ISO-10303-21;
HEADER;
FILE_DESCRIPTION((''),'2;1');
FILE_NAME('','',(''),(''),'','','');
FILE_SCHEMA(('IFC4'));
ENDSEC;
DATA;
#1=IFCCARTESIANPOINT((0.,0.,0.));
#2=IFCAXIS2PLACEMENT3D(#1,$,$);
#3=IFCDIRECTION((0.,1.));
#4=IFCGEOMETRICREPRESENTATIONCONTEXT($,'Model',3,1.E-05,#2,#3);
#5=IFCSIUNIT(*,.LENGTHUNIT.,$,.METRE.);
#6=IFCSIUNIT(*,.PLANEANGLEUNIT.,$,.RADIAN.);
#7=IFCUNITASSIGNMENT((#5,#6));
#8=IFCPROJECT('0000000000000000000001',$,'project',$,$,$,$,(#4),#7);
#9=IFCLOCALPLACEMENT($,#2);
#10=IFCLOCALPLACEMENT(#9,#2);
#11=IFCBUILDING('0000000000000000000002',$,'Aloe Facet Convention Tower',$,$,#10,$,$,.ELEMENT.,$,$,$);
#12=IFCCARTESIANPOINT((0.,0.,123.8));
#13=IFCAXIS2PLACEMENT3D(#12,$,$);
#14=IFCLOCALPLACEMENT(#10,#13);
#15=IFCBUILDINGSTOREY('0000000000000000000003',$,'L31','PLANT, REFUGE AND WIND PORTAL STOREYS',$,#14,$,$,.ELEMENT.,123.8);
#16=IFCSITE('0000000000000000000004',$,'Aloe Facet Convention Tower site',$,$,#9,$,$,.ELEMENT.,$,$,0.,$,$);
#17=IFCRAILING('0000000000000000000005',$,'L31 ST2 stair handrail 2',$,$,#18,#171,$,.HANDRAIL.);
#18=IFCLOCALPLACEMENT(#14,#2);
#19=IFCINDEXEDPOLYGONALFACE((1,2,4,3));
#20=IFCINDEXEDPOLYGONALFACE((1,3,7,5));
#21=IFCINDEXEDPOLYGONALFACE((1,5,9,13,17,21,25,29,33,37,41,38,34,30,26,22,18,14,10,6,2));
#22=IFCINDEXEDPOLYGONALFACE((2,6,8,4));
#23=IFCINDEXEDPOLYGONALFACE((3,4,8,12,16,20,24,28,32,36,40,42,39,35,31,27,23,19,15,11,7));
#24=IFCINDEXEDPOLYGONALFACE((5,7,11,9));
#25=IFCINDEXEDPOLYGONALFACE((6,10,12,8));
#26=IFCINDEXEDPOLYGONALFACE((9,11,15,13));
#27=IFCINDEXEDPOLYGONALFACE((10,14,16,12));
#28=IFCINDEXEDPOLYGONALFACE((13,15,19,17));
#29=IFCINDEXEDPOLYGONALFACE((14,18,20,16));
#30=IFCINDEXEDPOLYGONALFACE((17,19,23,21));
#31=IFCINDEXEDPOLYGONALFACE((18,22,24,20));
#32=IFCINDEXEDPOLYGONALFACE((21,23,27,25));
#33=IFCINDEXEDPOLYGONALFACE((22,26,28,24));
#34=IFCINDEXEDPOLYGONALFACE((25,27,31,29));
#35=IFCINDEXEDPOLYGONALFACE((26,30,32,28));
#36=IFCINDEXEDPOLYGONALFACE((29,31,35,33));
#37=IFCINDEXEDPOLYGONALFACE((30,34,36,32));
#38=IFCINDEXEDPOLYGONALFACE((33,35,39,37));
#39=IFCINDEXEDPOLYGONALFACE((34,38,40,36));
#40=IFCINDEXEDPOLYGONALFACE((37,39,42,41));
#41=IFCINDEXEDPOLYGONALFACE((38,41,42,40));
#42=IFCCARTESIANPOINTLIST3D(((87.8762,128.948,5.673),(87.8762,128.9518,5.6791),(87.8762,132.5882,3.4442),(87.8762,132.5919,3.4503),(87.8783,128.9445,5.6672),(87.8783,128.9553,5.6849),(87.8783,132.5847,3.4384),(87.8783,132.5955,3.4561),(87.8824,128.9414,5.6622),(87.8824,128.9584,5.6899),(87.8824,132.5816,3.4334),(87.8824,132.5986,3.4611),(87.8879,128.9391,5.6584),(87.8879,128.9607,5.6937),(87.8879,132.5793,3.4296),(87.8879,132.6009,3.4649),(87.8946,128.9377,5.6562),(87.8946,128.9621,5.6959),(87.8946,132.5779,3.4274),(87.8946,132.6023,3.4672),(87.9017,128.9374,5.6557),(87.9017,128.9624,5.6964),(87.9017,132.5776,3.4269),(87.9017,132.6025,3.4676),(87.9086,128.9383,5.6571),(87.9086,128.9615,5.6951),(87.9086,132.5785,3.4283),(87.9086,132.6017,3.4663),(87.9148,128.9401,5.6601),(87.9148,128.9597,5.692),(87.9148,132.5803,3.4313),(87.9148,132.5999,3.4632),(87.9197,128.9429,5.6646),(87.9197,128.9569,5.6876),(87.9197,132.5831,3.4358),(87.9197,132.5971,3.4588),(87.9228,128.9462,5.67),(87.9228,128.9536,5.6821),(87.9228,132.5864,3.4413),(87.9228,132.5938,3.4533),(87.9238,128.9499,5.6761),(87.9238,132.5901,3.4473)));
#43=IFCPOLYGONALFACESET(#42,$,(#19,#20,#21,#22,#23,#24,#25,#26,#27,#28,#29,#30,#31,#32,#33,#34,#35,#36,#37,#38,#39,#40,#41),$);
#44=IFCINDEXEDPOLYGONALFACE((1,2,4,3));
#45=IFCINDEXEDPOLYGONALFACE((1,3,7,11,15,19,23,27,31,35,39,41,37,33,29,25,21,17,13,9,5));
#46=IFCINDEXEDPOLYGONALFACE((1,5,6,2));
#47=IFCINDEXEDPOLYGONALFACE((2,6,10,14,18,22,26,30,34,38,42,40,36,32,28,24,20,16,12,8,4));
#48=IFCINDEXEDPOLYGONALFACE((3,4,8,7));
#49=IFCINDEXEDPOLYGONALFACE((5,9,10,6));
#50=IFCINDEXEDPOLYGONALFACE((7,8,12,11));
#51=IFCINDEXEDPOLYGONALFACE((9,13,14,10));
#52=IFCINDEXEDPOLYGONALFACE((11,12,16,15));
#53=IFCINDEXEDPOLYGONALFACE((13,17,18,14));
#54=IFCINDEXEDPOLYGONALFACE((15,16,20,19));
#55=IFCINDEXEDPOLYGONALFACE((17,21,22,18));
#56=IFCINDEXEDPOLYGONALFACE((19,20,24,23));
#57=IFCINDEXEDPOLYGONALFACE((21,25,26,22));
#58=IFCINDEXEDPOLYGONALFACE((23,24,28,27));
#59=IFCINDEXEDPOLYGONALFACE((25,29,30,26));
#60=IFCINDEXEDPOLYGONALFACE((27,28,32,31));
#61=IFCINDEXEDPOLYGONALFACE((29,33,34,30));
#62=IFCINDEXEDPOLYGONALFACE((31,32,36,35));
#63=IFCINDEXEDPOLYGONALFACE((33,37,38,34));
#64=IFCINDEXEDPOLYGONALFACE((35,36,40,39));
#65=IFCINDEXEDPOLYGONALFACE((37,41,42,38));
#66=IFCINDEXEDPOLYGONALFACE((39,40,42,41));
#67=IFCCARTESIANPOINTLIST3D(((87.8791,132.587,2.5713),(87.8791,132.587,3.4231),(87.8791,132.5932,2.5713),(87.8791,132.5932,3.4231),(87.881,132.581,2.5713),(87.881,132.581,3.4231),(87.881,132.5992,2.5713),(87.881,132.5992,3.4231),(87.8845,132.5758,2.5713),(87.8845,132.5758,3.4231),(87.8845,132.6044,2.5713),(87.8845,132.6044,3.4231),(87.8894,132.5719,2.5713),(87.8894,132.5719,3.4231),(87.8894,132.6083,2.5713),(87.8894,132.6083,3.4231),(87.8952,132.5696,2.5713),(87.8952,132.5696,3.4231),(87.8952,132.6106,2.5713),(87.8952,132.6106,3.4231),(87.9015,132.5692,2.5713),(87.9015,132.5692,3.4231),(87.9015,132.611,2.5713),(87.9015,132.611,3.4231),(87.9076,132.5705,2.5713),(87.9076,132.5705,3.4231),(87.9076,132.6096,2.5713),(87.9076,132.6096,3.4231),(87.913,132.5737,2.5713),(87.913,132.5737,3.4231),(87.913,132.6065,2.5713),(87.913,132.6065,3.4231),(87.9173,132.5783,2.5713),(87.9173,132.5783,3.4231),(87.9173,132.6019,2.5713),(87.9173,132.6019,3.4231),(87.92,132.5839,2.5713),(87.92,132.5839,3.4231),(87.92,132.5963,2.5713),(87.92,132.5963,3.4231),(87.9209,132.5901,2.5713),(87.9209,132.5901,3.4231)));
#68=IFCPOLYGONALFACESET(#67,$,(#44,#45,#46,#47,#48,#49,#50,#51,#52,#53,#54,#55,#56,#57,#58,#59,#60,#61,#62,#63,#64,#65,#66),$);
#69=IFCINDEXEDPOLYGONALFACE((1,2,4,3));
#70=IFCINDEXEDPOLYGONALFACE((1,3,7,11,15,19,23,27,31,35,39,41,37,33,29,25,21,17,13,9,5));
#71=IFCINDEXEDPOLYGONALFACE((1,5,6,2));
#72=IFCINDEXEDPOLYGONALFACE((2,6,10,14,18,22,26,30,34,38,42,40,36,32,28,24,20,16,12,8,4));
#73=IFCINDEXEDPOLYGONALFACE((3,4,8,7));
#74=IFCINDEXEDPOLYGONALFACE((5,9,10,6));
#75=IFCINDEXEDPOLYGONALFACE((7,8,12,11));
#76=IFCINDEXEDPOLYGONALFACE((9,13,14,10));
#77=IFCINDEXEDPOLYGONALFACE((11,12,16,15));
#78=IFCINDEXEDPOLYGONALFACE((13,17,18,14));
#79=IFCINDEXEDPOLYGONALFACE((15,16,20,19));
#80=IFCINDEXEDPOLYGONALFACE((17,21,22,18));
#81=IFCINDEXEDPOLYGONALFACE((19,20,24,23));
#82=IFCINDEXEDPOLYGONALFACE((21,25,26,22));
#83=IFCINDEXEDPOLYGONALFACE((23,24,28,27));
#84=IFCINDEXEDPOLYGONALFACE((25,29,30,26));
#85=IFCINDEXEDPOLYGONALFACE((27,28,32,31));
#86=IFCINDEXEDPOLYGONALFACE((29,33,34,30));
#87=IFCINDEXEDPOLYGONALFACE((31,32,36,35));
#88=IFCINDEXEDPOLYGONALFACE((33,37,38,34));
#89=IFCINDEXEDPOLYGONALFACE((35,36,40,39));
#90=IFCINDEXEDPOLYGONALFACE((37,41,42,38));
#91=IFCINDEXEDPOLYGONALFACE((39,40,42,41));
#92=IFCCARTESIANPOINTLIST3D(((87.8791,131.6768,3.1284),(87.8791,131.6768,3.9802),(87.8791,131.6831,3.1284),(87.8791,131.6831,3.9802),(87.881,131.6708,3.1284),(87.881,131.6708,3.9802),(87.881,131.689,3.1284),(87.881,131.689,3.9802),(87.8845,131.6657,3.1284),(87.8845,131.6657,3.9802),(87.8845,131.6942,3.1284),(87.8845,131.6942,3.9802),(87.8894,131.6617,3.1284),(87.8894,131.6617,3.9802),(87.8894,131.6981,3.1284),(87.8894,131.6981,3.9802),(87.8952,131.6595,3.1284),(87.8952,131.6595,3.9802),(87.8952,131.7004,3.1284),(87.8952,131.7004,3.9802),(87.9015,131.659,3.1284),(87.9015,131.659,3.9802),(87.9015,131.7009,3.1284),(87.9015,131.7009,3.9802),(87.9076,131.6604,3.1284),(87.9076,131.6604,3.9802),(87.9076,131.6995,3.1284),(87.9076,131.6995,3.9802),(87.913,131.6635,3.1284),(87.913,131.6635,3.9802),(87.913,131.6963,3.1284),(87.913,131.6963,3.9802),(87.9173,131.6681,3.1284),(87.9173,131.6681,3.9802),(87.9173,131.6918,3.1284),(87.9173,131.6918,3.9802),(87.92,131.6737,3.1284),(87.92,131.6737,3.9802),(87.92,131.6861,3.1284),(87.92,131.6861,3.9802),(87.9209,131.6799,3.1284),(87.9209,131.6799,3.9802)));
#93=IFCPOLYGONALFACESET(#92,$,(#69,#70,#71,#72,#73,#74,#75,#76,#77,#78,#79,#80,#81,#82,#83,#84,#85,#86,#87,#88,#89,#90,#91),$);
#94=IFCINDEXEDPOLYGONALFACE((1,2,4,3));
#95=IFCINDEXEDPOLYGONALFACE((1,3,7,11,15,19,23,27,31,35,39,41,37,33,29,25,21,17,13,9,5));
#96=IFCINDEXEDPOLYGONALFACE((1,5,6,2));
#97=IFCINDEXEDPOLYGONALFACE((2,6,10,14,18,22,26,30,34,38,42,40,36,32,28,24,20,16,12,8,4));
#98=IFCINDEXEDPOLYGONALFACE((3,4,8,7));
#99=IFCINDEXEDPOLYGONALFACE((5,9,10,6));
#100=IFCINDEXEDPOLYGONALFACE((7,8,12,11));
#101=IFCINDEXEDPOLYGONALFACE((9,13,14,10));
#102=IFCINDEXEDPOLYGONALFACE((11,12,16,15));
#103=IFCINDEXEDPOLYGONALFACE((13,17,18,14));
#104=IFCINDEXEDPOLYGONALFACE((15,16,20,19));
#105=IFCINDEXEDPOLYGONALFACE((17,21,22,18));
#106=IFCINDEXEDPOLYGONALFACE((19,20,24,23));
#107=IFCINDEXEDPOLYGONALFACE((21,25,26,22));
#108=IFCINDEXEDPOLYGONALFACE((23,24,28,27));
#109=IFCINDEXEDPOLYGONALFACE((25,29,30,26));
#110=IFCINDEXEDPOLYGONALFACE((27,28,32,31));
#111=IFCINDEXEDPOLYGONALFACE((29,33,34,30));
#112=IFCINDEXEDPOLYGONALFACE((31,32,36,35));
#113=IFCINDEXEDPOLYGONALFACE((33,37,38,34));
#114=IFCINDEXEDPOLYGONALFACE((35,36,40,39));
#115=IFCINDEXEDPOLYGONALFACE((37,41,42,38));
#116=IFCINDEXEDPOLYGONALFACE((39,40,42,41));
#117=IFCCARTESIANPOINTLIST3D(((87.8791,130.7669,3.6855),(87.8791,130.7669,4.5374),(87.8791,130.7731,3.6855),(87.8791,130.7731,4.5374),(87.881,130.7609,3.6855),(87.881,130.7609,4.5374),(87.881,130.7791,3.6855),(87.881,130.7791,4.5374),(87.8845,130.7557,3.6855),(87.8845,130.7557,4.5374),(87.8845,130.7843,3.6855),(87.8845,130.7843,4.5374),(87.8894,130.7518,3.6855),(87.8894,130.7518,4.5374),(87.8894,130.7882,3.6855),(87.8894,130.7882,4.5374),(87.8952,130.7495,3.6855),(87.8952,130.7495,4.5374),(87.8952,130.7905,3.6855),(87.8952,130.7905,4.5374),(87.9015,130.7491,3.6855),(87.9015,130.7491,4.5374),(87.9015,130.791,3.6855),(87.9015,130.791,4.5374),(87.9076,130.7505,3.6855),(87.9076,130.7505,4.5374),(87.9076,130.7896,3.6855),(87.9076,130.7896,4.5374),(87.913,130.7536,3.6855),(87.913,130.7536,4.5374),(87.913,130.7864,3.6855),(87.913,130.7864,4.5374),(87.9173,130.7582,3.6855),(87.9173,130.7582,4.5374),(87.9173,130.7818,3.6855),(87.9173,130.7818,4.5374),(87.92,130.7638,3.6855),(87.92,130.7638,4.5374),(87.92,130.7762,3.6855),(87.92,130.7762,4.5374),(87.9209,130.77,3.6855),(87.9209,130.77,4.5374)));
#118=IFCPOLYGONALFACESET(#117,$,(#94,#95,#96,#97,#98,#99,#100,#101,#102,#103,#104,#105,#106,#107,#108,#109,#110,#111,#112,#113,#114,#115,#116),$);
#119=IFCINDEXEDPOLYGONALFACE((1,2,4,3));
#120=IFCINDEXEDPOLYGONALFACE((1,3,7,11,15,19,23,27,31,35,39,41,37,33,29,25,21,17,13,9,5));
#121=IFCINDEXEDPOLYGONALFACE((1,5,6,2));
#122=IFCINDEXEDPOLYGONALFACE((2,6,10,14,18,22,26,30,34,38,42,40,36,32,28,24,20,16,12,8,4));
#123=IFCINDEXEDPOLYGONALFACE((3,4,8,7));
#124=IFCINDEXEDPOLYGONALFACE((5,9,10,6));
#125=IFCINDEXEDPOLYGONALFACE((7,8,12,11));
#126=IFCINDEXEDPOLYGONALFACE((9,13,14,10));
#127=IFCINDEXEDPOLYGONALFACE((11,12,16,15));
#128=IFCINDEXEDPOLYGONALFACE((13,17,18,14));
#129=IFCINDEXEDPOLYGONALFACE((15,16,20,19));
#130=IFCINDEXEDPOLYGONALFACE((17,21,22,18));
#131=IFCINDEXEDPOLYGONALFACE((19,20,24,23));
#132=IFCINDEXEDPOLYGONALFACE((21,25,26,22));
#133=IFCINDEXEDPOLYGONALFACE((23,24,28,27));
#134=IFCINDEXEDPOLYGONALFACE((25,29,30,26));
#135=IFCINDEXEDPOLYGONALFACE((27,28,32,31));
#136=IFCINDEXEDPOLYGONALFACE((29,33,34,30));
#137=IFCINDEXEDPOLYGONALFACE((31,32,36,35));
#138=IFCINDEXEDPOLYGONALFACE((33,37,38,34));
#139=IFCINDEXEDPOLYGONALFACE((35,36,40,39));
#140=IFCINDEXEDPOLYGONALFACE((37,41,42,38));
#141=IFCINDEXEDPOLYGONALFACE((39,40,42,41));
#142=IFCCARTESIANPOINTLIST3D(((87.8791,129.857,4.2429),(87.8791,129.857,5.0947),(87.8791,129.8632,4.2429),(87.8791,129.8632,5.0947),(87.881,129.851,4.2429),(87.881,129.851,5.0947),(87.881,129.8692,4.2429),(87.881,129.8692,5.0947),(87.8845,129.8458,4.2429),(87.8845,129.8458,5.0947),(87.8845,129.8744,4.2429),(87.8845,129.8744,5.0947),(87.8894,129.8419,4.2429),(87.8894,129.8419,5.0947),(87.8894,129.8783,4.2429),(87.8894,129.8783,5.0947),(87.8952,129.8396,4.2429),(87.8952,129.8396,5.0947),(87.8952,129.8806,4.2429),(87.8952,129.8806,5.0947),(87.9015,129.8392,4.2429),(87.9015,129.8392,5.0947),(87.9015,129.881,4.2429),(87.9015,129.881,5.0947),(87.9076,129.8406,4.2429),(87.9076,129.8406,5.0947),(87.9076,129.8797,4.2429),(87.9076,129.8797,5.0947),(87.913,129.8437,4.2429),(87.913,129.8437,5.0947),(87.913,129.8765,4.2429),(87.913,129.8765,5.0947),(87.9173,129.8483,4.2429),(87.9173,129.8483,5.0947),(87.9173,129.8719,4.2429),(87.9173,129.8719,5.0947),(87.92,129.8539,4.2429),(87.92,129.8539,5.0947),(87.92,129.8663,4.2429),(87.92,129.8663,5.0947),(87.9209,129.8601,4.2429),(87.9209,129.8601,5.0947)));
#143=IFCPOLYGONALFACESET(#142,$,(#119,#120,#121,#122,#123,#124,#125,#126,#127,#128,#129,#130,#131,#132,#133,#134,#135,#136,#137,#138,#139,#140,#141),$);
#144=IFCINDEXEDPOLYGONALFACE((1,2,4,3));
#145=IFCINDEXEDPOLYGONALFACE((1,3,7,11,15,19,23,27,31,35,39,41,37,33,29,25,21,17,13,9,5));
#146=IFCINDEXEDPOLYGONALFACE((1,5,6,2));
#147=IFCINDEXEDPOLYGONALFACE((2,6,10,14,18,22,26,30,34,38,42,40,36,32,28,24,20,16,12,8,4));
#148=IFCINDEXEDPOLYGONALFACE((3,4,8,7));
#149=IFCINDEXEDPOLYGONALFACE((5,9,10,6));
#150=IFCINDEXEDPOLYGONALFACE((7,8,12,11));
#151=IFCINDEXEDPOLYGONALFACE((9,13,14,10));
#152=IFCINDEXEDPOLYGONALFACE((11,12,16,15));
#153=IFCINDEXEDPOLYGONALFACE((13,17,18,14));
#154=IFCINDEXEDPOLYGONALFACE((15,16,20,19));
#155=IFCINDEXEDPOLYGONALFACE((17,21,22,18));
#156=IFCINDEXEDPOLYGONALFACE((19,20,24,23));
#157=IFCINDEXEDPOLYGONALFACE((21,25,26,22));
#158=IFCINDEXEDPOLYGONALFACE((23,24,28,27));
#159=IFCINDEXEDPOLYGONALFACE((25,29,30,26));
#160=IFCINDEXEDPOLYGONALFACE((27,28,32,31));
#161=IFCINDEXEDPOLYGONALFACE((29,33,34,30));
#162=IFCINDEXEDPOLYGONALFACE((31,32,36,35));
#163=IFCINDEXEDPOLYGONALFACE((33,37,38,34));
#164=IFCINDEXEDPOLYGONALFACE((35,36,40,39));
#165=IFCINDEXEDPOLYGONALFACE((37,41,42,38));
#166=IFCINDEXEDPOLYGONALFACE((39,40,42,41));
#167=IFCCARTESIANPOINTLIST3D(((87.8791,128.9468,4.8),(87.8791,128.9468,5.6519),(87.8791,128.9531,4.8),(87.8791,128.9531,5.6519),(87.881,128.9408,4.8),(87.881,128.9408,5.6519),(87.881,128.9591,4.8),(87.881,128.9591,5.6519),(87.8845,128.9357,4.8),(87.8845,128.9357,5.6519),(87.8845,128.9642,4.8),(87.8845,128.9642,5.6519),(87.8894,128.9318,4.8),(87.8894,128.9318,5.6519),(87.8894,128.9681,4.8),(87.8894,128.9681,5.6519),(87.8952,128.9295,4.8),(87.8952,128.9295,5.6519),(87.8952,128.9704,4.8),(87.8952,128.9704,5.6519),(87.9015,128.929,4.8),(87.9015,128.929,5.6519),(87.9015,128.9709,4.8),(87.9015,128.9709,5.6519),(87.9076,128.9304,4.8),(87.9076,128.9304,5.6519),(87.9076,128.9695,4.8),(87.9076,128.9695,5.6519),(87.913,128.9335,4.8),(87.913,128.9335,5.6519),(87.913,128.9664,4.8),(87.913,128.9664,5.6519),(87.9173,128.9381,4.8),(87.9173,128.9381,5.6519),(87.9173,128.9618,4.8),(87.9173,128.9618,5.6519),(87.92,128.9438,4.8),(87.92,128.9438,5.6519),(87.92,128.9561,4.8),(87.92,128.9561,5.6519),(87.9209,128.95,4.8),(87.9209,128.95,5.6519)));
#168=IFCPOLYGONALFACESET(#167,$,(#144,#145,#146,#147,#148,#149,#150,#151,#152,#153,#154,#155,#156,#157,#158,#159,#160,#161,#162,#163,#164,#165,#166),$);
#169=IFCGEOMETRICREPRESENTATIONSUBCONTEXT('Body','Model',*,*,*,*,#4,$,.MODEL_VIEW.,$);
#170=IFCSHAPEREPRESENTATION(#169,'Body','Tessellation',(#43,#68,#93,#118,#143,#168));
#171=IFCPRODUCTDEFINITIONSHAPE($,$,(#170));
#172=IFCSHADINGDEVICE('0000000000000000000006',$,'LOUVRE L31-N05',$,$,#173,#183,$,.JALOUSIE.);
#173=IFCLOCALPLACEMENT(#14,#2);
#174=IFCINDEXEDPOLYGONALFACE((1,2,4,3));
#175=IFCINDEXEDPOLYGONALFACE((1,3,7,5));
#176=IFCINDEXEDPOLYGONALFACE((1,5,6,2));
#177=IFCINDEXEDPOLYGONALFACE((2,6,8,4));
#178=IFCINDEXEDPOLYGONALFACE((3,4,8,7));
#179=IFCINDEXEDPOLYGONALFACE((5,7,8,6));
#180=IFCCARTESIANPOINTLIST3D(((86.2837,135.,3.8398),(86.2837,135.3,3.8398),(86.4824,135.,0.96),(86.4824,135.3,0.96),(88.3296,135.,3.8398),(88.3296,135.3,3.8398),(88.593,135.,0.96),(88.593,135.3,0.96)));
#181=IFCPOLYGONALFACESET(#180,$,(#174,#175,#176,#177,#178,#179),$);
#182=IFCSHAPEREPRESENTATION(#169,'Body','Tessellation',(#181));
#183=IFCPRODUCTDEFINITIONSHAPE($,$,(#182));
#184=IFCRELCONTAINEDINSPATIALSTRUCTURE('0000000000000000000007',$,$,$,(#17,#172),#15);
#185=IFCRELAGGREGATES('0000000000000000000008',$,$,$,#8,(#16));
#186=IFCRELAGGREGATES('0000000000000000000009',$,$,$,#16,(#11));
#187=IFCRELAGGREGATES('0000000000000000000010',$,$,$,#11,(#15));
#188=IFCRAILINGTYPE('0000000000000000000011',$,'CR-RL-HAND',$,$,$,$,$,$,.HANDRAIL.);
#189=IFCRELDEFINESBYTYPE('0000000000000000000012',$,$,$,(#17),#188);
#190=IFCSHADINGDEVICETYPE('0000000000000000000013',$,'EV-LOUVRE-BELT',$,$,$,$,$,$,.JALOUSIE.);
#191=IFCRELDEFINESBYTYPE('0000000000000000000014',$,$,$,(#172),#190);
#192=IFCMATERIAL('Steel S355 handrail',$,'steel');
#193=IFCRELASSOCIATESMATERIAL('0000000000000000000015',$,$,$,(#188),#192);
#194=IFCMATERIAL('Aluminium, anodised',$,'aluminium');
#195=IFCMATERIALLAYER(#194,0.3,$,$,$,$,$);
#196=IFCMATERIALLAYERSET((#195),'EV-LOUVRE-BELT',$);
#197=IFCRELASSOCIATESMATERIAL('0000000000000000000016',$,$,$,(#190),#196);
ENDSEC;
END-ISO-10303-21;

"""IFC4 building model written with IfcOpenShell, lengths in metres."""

from ifc_helpers import new_model, si_unit, direction, frame, origin, origin_2d, place, context, subcontext, project, spatial, polyline, circle, outline, extrude, material, layer, layer_set, type_object, element, save


model = new_model("IFC4")

# Units and contexts
model_context = context("Model", 3, precision=1e-05, world=origin(), true_north=direction((0.0, 1.0)))
body_context = subcontext(model_context, "Body", "Model", "MODEL_VIEW")
ifc_project = project(units=[si_unit("LENGTHUNIT", "METRE"), si_unit("PLANEANGLEUNIT", "RADIAN")], contexts=[model_context])

# Site, building, storey
site_placement = place(None, origin())
site = spatial("IfcSite", under=ifc_project, at=site_placement, Name="Aloe Facet Convention Tower site", CompositionType="ELEMENT", RefElevation=0.0)
building_placement = place(site_placement, origin())
building = spatial("IfcBuilding", under=site, at=building_placement, Name="Aloe Facet Convention Tower", CompositionType="ELEMENT")
storey_placement = place(building_placement, frame((0.0, 0.0, 123.8)))
storey = spatial("IfcBuildingStorey", under=building, at=storey_placement, Name="L31", Description="PLANT, REFUGE AND WIND PORTAL STOREYS", CompositionType="ELEMENT", Elevation=123.8)

# Railing
ifc_material_1 = material(Name="Steel S355 handrail", Category="steel")
railing_type_1 = type_object("IfcRailingType", Name="CR-RL-HAND", PredefinedType="HANDRAIL", material=ifc_material_1)
railing_1_placement = place(storey_placement, frame((87.8999, 132.5901, 2.5713)))
element("IfcRailing", 1, at=railing_1_placement, inside=storey, type_object=railing_type_1, Name="L31 ST2 stair handrail 2", PredefinedType="HANDRAIL", context=body_context, shape_type="SweptSolid", body=[
    extrude(circle(Radius=0.0239, at=origin_2d()), frame((0.0, 0.0, 0.876), z_axis=(0.0, -0.85284, 0.522172), x_axis=(1.0, 0.0, 0.0)), (0.0, 0.0, 1.0), 4.2683),
    extrude(circle(Radius=0.021, at=origin_2d()), origin(), (0.0, 0.0, 1.0), 0.8518),
    extrude(circle(Radius=0.021, at=origin_2d()), frame((0.0, -0.9102, 0.5571)), (0.0, 0.0, 1.0), 0.8518),
    extrude(circle(Radius=0.021, at=origin_2d()), frame((0.0, -1.8201, 1.1143)), (0.0, 0.0, 1.0), 0.8518),
    extrude(circle(Radius=0.021, at=origin_2d()), frame((0.0, -2.73, 1.6716)), (0.0, 0.0, 1.0), 0.8518),
    extrude(circle(Radius=0.021, at=origin_2d()), frame((0.0, -3.6401, 2.2288)), (0.0, 0.0, 1.0), 0.8518),
])

# Shading device
ifc_material_2 = material(Name="Aluminium, anodised", Category="aluminium")
ifc_layer_1 = layer(ifc_material_2, 0.3)
ifc_layer_set_1 = layer_set([ifc_layer_1], Name="EV-LOUVRE-BELT")
shading_device_type = type_object("IfcShadingDeviceType", Name="EV-LOUVRE-BELT", PredefinedType="JALOUSIE", material=ifc_layer_set_1)
shading_device_placement = place(storey_placement, frame((88.593, 135.3, 0.96), z_axis=(0.0, 1.0, 0.0), x_axis=(-1.0, 0.0, 0.0)))
element("IfcShadingDevice", 2, at=shading_device_placement, inside=storey, type_object=shading_device_type, Name="LOUVRE L31-N05", PredefinedType="JALOUSIE", context=body_context, shape_type="SweptSolid", body=[
    extrude(outline(polyline([(0.0, 0.0), (2.1106, 0.0), (2.3093, 2.8799), (0.2634, 2.8799), (0.0, 0.0)])), origin(), (0.0, 0.0, -1.0), 0.3),
])

save(model, "model.ifc")
